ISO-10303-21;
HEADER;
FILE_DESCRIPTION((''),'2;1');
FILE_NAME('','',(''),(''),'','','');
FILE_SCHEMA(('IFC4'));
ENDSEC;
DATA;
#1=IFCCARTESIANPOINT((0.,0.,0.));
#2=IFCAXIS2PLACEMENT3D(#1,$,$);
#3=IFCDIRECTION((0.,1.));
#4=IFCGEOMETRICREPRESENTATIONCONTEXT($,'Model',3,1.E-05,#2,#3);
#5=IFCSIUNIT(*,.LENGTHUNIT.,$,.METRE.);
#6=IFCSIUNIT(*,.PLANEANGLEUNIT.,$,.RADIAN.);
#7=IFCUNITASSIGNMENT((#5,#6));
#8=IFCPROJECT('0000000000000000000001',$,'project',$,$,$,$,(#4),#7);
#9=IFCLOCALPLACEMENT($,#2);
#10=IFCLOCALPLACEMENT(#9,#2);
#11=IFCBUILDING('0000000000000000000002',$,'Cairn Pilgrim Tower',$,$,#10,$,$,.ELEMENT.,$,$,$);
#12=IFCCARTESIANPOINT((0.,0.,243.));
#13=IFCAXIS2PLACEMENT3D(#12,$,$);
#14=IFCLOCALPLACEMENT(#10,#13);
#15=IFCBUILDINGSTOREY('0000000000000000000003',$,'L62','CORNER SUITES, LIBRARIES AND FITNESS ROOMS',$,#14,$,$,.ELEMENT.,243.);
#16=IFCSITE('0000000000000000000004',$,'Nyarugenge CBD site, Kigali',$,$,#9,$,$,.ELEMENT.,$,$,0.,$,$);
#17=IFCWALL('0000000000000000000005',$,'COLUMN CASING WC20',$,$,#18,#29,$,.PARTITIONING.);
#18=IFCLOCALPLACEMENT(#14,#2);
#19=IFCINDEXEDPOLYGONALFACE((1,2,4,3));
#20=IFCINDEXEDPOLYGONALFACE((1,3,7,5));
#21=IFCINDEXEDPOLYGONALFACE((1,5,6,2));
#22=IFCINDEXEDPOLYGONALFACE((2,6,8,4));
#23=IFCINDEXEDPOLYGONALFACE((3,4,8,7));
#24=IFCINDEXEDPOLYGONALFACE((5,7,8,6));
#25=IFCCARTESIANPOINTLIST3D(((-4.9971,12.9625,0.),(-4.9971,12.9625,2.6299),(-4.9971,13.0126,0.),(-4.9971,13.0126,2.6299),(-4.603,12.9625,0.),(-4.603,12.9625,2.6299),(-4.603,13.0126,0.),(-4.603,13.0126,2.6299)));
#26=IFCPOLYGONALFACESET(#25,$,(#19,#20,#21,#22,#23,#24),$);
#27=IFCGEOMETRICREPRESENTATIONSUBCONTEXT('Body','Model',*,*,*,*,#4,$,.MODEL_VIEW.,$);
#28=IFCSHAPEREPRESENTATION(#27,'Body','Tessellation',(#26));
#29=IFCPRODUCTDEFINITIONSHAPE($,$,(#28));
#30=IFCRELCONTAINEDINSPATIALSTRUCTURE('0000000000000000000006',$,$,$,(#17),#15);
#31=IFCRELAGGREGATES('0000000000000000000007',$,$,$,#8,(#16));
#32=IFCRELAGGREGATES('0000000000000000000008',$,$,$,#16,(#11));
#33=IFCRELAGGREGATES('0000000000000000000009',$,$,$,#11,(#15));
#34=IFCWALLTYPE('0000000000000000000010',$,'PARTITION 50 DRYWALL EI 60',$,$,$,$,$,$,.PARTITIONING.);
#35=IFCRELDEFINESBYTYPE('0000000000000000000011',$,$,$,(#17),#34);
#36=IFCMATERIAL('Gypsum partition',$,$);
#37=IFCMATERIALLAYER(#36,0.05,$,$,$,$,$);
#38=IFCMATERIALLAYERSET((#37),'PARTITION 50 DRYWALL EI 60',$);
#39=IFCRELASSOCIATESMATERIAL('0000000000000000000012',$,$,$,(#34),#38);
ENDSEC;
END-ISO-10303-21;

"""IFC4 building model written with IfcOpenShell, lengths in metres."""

from ifc_helpers import new_model, si_unit, direction, frame, frame_2d, origin, place, context, subcontext, project, spatial, rectangle, extrude, material, layer, layer_set, type_object, element, save


model = new_model("IFC4")

# Units and contexts
model_context = context("Model", 3, precision=1e-05, world=origin(), true_north=direction((0.0, 1.0)))
body_context = subcontext(model_context, "Body", "Model", "MODEL_VIEW")
ifc_project = project(units=[si_unit("LENGTHUNIT", "METRE"), si_unit("PLANEANGLEUNIT", "RADIAN")], contexts=[model_context])

# Site, building, storey
site_placement = place(None, origin())
site = spatial("IfcSite", under=ifc_project, at=site_placement, Name="Nyarugenge CBD site, Kigali", CompositionType="ELEMENT", RefElevation=0.0)
building_placement = place(site_placement, origin())
building = spatial("IfcBuilding", under=site, at=building_placement, Name="Cairn Pilgrim Tower", CompositionType="ELEMENT")
storey_placement = place(building_placement, frame((0.0, 0.0, 243.0)))
storey = spatial("IfcBuildingStorey", under=building, at=storey_placement, Name="L62", Description="CORNER SUITES, LIBRARIES AND FITNESS ROOMS", CompositionType="ELEMENT", Elevation=243.0)

# Shared definitions
ifc_material_1 = material(Name="Gypsum partition")

# Wall
ifc_layer_1 = layer(ifc_material_1, 0.05)
ifc_layer_set_1 = layer_set([ifc_layer_1], Name="PARTITION 50 DRYWALL EI 60")
wall_type_1 = type_object("IfcWallType", Name="PARTITION 50 DRYWALL EI 60", PredefinedType="PARTITIONING", material=ifc_layer_set_1)
wall_1_placement = place(storey_placement, frame((-4.9971, 12.9875, 0.0), z_axis=(0.0, 0.0, 1.0), x_axis=(1.0, 0.0, 0.0)))
element("IfcWall", 1, at=wall_1_placement, inside=storey, type_object=wall_type_1, Name="COLUMN CASING WC20", PredefinedType="PARTITIONING", context=body_context, shape_type="SweptSolid", body=[
    extrude(rectangle(XDim=0.394, YDim=0.05, at=frame_2d((0.197, 0.0))), origin(), (0.0, 0.0, 1.0), 2.6299),
])

save(model, "model.ifc")
